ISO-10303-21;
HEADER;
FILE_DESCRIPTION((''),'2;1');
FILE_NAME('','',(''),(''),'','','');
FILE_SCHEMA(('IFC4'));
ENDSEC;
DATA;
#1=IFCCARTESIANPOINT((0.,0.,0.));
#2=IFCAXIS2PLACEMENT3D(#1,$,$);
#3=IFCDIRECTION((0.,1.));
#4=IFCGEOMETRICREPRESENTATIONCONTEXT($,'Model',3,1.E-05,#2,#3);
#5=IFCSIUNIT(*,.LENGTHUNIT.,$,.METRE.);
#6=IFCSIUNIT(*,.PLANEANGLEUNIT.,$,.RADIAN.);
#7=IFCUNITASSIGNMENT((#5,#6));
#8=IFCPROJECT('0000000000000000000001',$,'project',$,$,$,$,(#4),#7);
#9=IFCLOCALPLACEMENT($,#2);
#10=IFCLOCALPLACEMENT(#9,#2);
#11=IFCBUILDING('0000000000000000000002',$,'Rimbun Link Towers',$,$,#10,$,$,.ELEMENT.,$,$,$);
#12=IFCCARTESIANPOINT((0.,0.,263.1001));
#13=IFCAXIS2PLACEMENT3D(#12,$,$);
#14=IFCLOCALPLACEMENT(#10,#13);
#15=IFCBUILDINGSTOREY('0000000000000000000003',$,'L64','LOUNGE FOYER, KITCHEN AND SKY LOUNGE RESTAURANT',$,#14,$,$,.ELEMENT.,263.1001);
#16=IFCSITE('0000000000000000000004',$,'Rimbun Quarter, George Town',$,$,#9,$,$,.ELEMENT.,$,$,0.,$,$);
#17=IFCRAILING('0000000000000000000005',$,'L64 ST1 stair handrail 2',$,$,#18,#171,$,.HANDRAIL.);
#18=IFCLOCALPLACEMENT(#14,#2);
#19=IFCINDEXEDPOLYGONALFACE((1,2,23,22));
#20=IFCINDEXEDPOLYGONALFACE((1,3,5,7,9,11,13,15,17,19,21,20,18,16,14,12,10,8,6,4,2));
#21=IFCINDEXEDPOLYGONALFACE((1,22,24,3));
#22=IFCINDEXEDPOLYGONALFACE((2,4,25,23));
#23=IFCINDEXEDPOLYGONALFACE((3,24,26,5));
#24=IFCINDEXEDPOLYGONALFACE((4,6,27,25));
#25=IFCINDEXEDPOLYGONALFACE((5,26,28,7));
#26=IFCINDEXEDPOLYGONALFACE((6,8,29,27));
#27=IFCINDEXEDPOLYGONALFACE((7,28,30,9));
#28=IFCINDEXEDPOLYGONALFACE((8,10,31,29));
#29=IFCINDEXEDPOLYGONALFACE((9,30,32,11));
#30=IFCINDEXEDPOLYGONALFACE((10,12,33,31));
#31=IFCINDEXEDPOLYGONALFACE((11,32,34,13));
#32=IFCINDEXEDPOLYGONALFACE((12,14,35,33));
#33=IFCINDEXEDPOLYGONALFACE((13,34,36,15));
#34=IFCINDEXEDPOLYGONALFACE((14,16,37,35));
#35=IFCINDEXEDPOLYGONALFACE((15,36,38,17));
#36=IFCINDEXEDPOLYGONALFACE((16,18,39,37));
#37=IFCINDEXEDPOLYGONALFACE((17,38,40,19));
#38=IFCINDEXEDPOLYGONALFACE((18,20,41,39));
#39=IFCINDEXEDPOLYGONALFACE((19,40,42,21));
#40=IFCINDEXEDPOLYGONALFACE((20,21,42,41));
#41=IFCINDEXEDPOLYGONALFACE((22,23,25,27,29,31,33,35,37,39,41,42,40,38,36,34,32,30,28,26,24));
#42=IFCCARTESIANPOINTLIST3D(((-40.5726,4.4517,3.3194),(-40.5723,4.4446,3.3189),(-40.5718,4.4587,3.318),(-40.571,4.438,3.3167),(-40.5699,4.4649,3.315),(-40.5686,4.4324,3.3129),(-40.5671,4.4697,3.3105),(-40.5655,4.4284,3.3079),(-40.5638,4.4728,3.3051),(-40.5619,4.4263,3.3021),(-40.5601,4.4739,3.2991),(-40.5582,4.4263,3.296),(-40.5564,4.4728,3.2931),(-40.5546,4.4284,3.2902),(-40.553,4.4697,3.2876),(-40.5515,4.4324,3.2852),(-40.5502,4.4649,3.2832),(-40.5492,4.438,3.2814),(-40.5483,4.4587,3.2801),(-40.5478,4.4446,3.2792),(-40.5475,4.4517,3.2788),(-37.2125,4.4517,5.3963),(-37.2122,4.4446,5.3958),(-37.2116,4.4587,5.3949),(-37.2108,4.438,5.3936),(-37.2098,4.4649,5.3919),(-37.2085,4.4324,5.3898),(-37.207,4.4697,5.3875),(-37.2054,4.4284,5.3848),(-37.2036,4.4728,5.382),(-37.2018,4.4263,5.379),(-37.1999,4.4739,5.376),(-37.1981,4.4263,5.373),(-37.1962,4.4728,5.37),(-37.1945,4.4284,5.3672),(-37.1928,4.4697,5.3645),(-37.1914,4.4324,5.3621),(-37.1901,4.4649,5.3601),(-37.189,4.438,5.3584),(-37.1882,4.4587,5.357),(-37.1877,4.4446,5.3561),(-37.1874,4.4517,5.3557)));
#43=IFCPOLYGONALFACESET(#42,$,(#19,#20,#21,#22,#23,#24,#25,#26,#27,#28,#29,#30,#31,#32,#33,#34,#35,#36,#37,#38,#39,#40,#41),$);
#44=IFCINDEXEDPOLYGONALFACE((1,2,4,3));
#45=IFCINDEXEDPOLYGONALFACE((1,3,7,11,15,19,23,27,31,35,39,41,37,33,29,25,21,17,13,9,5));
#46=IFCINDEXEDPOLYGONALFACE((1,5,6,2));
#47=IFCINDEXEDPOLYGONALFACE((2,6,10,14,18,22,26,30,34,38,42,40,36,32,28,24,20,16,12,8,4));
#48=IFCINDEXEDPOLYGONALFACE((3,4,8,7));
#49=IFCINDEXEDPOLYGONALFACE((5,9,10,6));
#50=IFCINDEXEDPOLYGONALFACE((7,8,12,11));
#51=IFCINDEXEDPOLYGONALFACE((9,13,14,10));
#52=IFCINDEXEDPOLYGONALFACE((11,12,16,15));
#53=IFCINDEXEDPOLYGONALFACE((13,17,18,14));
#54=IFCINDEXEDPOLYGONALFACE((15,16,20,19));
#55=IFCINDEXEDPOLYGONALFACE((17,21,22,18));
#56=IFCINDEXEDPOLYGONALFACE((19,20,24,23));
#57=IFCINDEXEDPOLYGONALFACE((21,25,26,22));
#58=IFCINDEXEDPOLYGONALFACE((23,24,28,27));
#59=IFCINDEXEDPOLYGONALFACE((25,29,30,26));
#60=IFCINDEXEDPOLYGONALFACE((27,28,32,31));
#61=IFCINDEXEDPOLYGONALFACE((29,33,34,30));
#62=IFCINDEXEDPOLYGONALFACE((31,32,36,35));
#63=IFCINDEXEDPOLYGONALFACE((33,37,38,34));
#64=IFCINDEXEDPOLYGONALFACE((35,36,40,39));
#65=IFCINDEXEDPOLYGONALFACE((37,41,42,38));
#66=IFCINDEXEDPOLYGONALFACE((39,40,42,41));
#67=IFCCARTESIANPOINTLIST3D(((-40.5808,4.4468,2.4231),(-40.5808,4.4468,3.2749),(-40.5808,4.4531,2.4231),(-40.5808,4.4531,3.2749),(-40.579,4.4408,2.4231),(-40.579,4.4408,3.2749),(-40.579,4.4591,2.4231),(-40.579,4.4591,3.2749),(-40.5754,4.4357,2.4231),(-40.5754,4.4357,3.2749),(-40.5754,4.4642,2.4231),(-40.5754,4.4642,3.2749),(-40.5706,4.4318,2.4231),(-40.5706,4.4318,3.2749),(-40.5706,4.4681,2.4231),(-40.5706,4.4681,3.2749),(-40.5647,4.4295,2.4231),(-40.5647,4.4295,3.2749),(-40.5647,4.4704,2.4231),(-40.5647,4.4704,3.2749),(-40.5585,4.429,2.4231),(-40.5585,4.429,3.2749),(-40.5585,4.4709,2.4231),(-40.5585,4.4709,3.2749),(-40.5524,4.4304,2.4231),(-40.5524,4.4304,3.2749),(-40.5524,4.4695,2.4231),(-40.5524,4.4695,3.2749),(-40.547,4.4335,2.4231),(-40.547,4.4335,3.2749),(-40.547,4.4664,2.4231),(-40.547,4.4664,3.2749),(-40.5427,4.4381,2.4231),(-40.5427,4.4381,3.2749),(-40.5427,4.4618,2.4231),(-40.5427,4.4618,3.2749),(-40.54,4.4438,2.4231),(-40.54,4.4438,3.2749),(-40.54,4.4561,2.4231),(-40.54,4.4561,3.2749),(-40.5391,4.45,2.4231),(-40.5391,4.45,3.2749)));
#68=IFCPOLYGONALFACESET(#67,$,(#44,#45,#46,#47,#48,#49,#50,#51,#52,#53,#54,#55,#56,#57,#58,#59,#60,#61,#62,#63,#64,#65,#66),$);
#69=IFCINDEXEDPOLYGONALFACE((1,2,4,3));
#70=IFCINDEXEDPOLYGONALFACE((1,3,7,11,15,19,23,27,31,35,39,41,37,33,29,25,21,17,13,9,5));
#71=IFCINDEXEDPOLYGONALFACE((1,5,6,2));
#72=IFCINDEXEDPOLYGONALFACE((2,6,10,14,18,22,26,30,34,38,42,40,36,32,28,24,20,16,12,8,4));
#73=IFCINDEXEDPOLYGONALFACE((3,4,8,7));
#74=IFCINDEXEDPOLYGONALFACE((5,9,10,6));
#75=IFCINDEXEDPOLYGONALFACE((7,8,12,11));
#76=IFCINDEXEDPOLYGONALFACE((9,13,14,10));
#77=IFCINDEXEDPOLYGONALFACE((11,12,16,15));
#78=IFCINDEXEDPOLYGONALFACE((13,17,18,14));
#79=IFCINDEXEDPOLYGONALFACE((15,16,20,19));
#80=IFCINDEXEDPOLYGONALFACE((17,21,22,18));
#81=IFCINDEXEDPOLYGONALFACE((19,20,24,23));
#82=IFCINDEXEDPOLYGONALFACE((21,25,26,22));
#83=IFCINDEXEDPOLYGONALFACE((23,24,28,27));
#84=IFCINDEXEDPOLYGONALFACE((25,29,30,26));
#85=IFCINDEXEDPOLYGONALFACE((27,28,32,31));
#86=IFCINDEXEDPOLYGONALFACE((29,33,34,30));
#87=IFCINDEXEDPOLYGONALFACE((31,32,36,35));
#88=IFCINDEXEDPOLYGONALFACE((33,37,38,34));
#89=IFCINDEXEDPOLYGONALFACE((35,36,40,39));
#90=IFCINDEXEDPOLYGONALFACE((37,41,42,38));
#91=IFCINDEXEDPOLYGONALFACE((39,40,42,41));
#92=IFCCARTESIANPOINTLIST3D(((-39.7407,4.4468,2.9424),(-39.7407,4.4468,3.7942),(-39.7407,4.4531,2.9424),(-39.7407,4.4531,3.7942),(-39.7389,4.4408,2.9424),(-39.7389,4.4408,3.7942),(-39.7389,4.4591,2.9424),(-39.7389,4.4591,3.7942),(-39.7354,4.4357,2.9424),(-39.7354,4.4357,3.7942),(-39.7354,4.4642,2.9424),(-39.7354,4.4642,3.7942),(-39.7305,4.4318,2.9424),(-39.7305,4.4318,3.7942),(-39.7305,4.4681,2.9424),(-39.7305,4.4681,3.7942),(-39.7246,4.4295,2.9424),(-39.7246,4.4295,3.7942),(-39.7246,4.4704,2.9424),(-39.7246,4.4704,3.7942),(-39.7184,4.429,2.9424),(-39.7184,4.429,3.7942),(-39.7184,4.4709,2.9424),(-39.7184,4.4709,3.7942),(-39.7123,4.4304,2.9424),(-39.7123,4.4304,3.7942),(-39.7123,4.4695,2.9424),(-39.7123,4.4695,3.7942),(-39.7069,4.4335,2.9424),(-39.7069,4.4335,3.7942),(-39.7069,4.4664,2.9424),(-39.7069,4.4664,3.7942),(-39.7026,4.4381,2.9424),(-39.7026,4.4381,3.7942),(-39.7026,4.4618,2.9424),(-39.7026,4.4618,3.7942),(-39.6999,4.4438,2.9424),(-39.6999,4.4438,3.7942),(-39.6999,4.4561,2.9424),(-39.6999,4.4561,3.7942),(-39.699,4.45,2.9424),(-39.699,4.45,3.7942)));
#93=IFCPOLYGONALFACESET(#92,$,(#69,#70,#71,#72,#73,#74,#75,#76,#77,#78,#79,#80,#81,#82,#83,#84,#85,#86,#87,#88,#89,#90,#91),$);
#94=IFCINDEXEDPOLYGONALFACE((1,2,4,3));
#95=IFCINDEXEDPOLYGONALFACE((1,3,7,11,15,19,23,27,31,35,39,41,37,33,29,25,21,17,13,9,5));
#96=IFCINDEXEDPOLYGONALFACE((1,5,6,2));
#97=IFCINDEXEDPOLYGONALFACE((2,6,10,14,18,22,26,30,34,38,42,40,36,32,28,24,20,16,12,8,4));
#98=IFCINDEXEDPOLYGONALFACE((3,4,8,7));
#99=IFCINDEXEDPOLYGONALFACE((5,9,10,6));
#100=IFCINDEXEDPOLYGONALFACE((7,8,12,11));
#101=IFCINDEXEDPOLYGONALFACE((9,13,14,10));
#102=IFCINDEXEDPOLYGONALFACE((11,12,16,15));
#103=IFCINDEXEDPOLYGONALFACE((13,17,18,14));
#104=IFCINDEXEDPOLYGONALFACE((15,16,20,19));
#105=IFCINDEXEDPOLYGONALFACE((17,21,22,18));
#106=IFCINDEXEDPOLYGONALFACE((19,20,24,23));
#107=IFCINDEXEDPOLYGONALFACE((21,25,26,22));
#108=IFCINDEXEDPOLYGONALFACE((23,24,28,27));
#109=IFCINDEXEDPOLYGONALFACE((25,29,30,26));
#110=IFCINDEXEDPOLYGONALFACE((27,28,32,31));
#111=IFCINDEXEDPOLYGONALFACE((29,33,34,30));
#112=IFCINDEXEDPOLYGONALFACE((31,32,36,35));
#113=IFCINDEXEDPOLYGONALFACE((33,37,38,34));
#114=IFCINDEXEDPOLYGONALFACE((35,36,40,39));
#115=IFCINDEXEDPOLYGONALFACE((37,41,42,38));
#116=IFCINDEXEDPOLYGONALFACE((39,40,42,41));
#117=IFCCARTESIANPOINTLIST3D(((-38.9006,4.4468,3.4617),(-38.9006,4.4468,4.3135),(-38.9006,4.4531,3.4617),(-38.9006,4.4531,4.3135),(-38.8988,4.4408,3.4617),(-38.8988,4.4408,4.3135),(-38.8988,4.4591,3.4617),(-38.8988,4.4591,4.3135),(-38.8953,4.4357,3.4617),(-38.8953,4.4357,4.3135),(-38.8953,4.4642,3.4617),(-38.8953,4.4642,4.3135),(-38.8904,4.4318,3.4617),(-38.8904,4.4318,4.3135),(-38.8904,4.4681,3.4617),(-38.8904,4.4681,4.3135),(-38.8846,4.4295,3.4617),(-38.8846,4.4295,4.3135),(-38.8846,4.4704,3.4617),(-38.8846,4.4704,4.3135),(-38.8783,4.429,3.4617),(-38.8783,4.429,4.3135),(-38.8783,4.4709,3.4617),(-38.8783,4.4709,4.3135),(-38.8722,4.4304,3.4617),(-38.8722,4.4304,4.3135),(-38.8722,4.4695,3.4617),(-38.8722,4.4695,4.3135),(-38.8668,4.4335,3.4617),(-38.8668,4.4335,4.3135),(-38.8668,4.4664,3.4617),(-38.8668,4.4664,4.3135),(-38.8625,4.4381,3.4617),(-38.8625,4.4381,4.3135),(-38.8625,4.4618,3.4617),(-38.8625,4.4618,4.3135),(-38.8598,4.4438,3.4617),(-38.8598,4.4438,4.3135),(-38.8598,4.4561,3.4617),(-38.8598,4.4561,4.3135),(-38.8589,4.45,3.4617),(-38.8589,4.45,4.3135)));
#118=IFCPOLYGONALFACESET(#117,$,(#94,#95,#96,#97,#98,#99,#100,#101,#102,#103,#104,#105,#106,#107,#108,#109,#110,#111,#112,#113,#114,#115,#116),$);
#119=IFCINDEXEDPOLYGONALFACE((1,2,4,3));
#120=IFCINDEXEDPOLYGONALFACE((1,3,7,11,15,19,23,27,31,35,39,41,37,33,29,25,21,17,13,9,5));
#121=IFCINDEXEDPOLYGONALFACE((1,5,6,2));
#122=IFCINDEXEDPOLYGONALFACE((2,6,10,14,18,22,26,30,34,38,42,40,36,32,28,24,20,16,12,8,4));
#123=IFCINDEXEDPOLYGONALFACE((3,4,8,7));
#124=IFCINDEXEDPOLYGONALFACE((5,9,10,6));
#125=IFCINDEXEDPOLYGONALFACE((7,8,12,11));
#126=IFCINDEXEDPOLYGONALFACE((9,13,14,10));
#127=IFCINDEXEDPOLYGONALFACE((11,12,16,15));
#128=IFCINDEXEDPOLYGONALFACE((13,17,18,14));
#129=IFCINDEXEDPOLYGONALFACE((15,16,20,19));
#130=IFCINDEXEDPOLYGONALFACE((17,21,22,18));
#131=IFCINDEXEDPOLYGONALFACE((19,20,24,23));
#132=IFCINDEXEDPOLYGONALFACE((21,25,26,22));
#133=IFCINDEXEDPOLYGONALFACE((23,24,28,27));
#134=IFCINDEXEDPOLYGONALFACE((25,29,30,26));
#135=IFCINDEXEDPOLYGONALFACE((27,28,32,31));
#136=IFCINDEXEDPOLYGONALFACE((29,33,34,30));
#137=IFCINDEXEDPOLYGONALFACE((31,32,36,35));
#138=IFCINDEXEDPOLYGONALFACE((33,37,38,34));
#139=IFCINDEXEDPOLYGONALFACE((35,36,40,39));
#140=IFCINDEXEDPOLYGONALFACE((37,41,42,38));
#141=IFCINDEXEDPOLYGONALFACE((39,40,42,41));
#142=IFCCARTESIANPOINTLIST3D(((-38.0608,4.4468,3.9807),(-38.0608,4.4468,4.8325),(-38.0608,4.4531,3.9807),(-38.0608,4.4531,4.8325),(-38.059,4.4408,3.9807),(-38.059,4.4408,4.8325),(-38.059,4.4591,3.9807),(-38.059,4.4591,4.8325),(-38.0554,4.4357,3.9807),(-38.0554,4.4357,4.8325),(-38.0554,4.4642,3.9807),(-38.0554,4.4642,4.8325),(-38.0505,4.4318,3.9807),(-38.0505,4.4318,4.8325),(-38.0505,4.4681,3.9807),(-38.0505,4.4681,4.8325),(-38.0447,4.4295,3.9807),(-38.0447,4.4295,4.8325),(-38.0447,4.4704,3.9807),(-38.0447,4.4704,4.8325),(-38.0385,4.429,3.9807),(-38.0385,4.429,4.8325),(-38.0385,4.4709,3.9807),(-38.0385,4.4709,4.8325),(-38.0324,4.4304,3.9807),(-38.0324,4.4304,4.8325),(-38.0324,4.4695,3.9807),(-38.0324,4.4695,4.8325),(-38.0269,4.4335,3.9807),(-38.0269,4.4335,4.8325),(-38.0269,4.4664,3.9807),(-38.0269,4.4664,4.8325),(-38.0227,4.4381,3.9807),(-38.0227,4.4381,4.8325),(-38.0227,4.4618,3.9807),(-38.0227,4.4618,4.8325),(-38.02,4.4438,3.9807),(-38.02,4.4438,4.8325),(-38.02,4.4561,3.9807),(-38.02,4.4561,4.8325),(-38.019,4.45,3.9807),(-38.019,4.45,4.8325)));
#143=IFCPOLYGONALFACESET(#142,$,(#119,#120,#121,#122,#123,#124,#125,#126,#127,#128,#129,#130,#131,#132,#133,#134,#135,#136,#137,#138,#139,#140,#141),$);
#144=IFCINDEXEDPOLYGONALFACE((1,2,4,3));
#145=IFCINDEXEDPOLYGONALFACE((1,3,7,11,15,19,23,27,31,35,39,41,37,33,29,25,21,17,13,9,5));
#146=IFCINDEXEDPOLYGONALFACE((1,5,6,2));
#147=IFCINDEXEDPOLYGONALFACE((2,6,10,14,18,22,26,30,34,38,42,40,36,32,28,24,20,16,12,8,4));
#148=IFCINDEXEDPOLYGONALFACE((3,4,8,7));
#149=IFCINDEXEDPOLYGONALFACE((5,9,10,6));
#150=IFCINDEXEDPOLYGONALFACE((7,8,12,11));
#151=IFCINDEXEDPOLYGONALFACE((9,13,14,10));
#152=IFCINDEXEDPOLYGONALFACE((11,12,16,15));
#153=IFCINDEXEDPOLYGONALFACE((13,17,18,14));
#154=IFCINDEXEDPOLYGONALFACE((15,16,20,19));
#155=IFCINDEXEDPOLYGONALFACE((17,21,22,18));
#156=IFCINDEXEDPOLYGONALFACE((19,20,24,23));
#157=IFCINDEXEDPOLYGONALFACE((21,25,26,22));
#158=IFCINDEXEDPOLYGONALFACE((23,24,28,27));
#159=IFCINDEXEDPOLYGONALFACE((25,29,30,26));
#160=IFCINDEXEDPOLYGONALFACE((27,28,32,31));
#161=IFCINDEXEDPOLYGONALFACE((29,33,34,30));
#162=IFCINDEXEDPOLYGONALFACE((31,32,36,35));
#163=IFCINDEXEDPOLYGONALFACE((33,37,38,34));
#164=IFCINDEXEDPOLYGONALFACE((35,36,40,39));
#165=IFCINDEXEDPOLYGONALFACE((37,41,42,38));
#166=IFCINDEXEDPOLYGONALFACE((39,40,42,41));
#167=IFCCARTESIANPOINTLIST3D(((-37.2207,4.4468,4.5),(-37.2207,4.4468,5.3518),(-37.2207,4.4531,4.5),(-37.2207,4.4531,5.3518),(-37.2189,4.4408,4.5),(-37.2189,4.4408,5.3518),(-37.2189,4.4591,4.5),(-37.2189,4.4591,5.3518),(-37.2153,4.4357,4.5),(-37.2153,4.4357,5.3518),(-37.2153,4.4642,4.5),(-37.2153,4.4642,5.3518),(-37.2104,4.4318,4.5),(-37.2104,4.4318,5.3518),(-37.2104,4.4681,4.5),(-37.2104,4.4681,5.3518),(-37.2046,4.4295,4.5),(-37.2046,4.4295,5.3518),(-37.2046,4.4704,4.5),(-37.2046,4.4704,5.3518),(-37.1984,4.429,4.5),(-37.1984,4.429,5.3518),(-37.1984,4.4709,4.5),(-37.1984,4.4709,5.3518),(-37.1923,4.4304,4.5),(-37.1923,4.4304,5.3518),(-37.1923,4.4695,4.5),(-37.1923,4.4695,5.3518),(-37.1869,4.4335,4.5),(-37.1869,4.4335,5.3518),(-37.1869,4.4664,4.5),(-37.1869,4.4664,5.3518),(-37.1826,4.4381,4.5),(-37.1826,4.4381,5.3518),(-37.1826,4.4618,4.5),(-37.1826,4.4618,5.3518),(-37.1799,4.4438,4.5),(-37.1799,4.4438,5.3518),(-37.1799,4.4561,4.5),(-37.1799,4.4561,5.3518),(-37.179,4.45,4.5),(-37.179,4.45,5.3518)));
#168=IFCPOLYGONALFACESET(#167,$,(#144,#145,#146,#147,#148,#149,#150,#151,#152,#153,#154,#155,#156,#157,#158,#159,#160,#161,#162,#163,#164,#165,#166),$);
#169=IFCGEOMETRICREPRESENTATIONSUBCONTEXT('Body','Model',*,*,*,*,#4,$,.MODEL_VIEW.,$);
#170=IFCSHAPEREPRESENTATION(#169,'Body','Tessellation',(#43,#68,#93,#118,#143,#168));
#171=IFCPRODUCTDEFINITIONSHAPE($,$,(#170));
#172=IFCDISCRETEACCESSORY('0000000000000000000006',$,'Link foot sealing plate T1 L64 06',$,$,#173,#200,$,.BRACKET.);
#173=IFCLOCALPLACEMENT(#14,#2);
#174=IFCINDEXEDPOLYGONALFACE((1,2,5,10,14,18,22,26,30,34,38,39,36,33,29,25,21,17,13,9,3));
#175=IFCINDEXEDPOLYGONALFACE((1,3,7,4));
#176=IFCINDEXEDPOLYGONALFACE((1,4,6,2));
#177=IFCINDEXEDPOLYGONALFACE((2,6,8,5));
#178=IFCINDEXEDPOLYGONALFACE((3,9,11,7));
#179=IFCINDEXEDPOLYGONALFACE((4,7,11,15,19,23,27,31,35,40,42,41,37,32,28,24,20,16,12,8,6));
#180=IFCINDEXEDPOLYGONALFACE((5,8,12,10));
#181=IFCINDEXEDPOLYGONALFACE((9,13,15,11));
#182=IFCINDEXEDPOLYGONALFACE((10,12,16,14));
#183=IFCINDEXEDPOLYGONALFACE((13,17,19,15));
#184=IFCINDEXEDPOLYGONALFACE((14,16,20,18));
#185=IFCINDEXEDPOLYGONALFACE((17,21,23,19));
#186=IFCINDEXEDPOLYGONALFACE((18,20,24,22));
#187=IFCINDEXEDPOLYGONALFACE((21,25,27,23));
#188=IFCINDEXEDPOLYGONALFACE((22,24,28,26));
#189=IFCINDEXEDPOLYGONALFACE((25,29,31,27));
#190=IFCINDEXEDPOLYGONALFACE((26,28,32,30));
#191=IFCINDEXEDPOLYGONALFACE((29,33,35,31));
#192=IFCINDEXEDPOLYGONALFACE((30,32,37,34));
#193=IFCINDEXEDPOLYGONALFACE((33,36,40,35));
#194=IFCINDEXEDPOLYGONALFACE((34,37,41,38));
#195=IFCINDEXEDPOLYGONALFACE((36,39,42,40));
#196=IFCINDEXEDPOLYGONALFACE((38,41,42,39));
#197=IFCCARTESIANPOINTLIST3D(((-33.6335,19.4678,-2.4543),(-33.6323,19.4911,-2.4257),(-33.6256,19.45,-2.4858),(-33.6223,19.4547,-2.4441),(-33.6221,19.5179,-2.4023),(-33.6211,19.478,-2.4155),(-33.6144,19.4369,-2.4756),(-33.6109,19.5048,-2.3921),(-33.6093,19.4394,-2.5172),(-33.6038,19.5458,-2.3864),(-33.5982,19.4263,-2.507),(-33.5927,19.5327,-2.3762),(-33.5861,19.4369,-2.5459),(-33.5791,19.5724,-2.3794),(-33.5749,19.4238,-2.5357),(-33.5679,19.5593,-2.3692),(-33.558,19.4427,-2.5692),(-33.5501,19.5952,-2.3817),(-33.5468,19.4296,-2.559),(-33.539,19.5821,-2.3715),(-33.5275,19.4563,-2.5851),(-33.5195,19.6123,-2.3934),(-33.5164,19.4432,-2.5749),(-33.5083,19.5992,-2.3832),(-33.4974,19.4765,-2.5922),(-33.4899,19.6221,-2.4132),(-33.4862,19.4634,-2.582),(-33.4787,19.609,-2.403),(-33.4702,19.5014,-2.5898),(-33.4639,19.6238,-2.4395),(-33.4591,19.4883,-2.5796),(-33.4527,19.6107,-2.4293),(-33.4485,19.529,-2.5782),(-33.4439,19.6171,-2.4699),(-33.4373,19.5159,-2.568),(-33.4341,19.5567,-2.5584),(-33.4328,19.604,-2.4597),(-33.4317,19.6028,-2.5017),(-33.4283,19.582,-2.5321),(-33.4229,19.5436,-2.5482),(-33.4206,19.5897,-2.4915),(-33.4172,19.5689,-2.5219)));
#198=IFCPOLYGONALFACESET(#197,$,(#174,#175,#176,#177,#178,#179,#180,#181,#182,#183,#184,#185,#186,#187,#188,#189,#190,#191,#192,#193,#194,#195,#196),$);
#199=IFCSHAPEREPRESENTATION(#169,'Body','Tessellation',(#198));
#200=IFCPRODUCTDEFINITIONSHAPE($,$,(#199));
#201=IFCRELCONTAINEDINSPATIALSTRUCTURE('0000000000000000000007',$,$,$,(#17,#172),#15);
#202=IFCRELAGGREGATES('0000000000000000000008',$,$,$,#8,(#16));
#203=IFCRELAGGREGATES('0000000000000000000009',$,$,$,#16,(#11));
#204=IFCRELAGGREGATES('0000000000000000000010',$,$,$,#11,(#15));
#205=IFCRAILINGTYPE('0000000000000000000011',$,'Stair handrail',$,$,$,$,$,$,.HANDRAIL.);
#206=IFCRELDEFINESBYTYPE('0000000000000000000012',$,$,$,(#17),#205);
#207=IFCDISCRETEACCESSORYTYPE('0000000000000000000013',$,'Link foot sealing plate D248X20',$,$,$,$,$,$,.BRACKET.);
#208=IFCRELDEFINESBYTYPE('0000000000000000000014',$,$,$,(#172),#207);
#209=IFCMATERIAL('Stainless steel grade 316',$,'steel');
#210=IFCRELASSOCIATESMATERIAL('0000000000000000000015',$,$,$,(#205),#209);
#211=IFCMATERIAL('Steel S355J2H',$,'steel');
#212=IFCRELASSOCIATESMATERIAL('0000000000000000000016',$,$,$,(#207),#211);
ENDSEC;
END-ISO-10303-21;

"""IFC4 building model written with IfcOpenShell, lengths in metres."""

from ifc_helpers import new_model, si_unit, direction, frame, origin, origin_2d, place, context, subcontext, project, spatial, circle, extrude, material, material_profile, profile_set, type_object, element, save


model = new_model("IFC4")

# Units and contexts
model_context = context("Model", 3, precision=1e-05, world=origin(), true_north=direction((0.0, 1.0)))
body_context = subcontext(model_context, "Body", "Model", "MODEL_VIEW")
ifc_project = project(units=[si_unit("LENGTHUNIT", "METRE"), si_unit("PLANEANGLEUNIT", "RADIAN")], contexts=[model_context])

# Site, building, storey
site_placement = place(None, origin())
site = spatial("IfcSite", under=ifc_project, at=site_placement, Name="Rimbun Quarter, George Town", CompositionType="ELEMENT", RefElevation=0.0)
building_placement = place(site_placement, origin())
building = spatial("IfcBuilding", under=site, at=building_placement, Name="Rimbun Link Towers", CompositionType="ELEMENT")
storey_placement = place(building_placement, frame((0.0, 0.0, 263.1001)))
storey = spatial("IfcBuildingStorey", under=building, at=storey_placement, Name="L64", Description="LOUNGE FOYER, KITCHEN AND SKY LOUNGE RESTAURANT", CompositionType="ELEMENT", Elevation=263.1001)

# Railing
ifc_material_1 = material(Name="Stainless steel grade 316", Category="steel")
railing_type_1 = type_object("IfcRailingType", Name="Stair handrail", PredefinedType="HANDRAIL", material=ifc_material_1)
railing_1_placement = place(storey_placement, frame((-40.5601, 4.45, 2.4231)))
element("IfcRailing", 1, at=railing_1_placement, inside=storey, type_object=railing_type_1, Name="L64 ST1 stair handrail 2", PredefinedType="HANDRAIL", context=body_context, shape_type="SweptSolid", body=[
    extrude(circle(Radius=0.0239, at=origin_2d()), frame((0.0, 0.0, 0.876), z_axis=(0.850623, 0.0, 0.525776), x_axis=(0.0, 1.0, 0.0)), (0.0, 0.0, 1.0), 3.9502),
    extrude(circle(Radius=0.021, at=origin_2d()), origin(), (0.0, 0.0, 1.0), 0.8518),
    extrude(circle(Radius=0.021, at=origin_2d()), frame((0.8401, 0.0, 0.5193)), (0.0, 0.0, 1.0), 0.8518),
    extrude(circle(Radius=0.021, at=origin_2d()), frame((1.6802, 0.0, 1.0386)), (0.0, 0.0, 1.0), 0.8518),
    extrude(circle(Radius=0.021, at=origin_2d()), frame((2.52, 0.0, 1.5576)), (0.0, 0.0, 1.0), 0.8518),
    extrude(circle(Radius=0.021, at=origin_2d()), frame((3.3601, 0.0, 2.0769)), (0.0, 0.0, 1.0), 0.8518),
])

# Discrete accessory
ifc_material_2 = material(Name="Steel S355J2H", Category="steel")
ifc_material_profile_1 = material_profile(ifc_material_2, circle(Radius=0.124, at=origin_2d()), Name="PL D248")
ifc_profile_set_1 = profile_set([ifc_material_profile_1], Name="Steel S355J2H")
discrete_accessory_type = type_object("IfcDiscreteAccessoryType", Name="Link foot sealing plate D248X20", PredefinedType="BRACKET", material=ifc_profile_set_1)
for number, where, z_axis, x_axis, name in (
    (2, (-33.52, 19.5173, -2.4756), (-0.557996, 0.655039, -0.509475), (-0.761243, -0.648466, 0.0), "Link foot sealing plate T1 L64 06"),
):
    element("IfcDiscreteAccessory", number, at=place(storey_placement, frame(where, z_axis=z_axis, x_axis=x_axis)), inside=storey, type_object=discrete_accessory_type, Name=name, PredefinedType="BRACKET", context=body_context, shape_type="SweptSolid", body=[
        extrude(circle(Radius=0.124, at=origin_2d()), origin(), (0.0, 0.0, 1.0), 0.02),
    ])

save(model, "model.ifc")
